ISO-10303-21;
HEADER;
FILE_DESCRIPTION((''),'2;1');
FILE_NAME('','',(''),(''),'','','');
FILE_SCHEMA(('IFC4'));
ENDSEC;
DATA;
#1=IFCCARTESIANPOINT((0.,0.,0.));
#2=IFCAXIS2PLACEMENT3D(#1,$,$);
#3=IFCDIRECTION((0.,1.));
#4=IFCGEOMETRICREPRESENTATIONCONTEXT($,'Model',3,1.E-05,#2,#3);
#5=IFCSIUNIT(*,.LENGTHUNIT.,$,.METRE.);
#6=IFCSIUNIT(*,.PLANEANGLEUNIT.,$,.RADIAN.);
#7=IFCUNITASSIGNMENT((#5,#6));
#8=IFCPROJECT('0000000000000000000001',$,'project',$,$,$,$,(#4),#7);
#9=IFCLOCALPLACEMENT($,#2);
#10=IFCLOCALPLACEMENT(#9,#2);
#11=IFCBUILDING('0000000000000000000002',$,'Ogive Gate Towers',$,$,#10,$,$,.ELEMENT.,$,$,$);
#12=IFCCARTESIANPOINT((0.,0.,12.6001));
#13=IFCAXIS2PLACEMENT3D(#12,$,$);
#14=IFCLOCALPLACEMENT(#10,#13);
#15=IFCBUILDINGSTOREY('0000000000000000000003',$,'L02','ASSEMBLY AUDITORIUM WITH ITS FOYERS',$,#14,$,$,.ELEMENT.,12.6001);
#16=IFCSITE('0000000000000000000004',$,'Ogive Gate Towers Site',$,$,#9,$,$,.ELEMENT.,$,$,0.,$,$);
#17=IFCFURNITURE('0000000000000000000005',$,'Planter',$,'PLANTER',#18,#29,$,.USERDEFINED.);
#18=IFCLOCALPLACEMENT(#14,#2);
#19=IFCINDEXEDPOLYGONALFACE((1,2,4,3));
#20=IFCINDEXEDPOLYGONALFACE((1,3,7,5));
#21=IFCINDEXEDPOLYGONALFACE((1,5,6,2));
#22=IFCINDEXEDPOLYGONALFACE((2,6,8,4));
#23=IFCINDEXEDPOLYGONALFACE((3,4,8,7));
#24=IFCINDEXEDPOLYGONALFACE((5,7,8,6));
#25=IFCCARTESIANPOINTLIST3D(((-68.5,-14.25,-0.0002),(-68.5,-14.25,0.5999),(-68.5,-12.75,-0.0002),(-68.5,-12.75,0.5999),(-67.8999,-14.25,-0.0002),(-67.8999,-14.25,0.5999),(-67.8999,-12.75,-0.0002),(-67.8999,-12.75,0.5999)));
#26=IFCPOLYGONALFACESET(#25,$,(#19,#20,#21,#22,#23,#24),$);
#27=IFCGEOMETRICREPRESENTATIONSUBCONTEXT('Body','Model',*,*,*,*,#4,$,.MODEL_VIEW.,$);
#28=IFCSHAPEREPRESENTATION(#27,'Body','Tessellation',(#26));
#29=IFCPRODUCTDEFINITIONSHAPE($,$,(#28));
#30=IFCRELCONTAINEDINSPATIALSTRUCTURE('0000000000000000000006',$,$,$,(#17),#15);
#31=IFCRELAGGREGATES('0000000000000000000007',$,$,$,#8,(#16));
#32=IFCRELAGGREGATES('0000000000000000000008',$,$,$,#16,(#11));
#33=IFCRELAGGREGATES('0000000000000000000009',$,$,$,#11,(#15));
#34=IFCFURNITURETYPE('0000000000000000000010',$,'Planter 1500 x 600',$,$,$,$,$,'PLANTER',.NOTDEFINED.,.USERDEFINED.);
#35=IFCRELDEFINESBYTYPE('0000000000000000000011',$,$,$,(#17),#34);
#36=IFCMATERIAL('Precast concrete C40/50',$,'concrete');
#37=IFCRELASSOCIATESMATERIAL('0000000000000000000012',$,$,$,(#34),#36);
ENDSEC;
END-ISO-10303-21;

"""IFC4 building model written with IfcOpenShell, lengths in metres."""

from ifc_helpers import new_model, si_unit, direction, frame, origin, origin_2d, place, context, subcontext, project, spatial, rectangle, extrude, material, type_object, element, save


model = new_model("IFC4")

# Units and contexts
model_context = context("Model", 3, precision=1e-05, world=origin(), true_north=direction((0.0, 1.0)))
body_context = subcontext(model_context, "Body", "Model", "MODEL_VIEW")
ifc_project = project(units=[si_unit("LENGTHUNIT", "METRE"), si_unit("PLANEANGLEUNIT", "RADIAN")], contexts=[model_context])

# Site, building, storey
site_placement = place(None, origin())
site = spatial("IfcSite", under=ifc_project, at=site_placement, Name="Ogive Gate Towers Site", CompositionType="ELEMENT", RefElevation=0.0)
building_placement = place(site_placement, origin())
building = spatial("IfcBuilding", under=site, at=building_placement, Name="Ogive Gate Towers", CompositionType="ELEMENT")
storey_placement = place(building_placement, frame((0.0, 0.0, 12.6001)))
storey = spatial("IfcBuildingStorey", under=building, at=storey_placement, Name="L02", Description="ASSEMBLY AUDITORIUM WITH ITS FOYERS", CompositionType="ELEMENT", Elevation=12.6001)

# Shared definitions
ifc_material_1 = material(Name="Precast concrete C40/50", Category="concrete")

# Furniture
furniture_type = type_object("IfcFurnitureType", Name="Planter 1500 x 600", ElementType="PLANTER", AssemblyPlace="NOTDEFINED", PredefinedType="USERDEFINED", material=ifc_material_1)
furniture_placement = place(storey_placement, frame((-68.2, -13.5, -0.0002), z_axis=(0.0, 0.0, 1.0), x_axis=(0.0, -1.0, 0.0)))
element("IfcFurniture", 1, at=furniture_placement, inside=storey, type_object=furniture_type, Name="Planter", ObjectType="PLANTER", PredefinedType="USERDEFINED", context=body_context, shape_type="SweptSolid", body=[
    extrude(rectangle(XDim=1.5, YDim=0.6001, at=origin_2d()), origin(), (0.0, 0.0, 1.0), 0.6001),
])

save(model, "model.ifc")
